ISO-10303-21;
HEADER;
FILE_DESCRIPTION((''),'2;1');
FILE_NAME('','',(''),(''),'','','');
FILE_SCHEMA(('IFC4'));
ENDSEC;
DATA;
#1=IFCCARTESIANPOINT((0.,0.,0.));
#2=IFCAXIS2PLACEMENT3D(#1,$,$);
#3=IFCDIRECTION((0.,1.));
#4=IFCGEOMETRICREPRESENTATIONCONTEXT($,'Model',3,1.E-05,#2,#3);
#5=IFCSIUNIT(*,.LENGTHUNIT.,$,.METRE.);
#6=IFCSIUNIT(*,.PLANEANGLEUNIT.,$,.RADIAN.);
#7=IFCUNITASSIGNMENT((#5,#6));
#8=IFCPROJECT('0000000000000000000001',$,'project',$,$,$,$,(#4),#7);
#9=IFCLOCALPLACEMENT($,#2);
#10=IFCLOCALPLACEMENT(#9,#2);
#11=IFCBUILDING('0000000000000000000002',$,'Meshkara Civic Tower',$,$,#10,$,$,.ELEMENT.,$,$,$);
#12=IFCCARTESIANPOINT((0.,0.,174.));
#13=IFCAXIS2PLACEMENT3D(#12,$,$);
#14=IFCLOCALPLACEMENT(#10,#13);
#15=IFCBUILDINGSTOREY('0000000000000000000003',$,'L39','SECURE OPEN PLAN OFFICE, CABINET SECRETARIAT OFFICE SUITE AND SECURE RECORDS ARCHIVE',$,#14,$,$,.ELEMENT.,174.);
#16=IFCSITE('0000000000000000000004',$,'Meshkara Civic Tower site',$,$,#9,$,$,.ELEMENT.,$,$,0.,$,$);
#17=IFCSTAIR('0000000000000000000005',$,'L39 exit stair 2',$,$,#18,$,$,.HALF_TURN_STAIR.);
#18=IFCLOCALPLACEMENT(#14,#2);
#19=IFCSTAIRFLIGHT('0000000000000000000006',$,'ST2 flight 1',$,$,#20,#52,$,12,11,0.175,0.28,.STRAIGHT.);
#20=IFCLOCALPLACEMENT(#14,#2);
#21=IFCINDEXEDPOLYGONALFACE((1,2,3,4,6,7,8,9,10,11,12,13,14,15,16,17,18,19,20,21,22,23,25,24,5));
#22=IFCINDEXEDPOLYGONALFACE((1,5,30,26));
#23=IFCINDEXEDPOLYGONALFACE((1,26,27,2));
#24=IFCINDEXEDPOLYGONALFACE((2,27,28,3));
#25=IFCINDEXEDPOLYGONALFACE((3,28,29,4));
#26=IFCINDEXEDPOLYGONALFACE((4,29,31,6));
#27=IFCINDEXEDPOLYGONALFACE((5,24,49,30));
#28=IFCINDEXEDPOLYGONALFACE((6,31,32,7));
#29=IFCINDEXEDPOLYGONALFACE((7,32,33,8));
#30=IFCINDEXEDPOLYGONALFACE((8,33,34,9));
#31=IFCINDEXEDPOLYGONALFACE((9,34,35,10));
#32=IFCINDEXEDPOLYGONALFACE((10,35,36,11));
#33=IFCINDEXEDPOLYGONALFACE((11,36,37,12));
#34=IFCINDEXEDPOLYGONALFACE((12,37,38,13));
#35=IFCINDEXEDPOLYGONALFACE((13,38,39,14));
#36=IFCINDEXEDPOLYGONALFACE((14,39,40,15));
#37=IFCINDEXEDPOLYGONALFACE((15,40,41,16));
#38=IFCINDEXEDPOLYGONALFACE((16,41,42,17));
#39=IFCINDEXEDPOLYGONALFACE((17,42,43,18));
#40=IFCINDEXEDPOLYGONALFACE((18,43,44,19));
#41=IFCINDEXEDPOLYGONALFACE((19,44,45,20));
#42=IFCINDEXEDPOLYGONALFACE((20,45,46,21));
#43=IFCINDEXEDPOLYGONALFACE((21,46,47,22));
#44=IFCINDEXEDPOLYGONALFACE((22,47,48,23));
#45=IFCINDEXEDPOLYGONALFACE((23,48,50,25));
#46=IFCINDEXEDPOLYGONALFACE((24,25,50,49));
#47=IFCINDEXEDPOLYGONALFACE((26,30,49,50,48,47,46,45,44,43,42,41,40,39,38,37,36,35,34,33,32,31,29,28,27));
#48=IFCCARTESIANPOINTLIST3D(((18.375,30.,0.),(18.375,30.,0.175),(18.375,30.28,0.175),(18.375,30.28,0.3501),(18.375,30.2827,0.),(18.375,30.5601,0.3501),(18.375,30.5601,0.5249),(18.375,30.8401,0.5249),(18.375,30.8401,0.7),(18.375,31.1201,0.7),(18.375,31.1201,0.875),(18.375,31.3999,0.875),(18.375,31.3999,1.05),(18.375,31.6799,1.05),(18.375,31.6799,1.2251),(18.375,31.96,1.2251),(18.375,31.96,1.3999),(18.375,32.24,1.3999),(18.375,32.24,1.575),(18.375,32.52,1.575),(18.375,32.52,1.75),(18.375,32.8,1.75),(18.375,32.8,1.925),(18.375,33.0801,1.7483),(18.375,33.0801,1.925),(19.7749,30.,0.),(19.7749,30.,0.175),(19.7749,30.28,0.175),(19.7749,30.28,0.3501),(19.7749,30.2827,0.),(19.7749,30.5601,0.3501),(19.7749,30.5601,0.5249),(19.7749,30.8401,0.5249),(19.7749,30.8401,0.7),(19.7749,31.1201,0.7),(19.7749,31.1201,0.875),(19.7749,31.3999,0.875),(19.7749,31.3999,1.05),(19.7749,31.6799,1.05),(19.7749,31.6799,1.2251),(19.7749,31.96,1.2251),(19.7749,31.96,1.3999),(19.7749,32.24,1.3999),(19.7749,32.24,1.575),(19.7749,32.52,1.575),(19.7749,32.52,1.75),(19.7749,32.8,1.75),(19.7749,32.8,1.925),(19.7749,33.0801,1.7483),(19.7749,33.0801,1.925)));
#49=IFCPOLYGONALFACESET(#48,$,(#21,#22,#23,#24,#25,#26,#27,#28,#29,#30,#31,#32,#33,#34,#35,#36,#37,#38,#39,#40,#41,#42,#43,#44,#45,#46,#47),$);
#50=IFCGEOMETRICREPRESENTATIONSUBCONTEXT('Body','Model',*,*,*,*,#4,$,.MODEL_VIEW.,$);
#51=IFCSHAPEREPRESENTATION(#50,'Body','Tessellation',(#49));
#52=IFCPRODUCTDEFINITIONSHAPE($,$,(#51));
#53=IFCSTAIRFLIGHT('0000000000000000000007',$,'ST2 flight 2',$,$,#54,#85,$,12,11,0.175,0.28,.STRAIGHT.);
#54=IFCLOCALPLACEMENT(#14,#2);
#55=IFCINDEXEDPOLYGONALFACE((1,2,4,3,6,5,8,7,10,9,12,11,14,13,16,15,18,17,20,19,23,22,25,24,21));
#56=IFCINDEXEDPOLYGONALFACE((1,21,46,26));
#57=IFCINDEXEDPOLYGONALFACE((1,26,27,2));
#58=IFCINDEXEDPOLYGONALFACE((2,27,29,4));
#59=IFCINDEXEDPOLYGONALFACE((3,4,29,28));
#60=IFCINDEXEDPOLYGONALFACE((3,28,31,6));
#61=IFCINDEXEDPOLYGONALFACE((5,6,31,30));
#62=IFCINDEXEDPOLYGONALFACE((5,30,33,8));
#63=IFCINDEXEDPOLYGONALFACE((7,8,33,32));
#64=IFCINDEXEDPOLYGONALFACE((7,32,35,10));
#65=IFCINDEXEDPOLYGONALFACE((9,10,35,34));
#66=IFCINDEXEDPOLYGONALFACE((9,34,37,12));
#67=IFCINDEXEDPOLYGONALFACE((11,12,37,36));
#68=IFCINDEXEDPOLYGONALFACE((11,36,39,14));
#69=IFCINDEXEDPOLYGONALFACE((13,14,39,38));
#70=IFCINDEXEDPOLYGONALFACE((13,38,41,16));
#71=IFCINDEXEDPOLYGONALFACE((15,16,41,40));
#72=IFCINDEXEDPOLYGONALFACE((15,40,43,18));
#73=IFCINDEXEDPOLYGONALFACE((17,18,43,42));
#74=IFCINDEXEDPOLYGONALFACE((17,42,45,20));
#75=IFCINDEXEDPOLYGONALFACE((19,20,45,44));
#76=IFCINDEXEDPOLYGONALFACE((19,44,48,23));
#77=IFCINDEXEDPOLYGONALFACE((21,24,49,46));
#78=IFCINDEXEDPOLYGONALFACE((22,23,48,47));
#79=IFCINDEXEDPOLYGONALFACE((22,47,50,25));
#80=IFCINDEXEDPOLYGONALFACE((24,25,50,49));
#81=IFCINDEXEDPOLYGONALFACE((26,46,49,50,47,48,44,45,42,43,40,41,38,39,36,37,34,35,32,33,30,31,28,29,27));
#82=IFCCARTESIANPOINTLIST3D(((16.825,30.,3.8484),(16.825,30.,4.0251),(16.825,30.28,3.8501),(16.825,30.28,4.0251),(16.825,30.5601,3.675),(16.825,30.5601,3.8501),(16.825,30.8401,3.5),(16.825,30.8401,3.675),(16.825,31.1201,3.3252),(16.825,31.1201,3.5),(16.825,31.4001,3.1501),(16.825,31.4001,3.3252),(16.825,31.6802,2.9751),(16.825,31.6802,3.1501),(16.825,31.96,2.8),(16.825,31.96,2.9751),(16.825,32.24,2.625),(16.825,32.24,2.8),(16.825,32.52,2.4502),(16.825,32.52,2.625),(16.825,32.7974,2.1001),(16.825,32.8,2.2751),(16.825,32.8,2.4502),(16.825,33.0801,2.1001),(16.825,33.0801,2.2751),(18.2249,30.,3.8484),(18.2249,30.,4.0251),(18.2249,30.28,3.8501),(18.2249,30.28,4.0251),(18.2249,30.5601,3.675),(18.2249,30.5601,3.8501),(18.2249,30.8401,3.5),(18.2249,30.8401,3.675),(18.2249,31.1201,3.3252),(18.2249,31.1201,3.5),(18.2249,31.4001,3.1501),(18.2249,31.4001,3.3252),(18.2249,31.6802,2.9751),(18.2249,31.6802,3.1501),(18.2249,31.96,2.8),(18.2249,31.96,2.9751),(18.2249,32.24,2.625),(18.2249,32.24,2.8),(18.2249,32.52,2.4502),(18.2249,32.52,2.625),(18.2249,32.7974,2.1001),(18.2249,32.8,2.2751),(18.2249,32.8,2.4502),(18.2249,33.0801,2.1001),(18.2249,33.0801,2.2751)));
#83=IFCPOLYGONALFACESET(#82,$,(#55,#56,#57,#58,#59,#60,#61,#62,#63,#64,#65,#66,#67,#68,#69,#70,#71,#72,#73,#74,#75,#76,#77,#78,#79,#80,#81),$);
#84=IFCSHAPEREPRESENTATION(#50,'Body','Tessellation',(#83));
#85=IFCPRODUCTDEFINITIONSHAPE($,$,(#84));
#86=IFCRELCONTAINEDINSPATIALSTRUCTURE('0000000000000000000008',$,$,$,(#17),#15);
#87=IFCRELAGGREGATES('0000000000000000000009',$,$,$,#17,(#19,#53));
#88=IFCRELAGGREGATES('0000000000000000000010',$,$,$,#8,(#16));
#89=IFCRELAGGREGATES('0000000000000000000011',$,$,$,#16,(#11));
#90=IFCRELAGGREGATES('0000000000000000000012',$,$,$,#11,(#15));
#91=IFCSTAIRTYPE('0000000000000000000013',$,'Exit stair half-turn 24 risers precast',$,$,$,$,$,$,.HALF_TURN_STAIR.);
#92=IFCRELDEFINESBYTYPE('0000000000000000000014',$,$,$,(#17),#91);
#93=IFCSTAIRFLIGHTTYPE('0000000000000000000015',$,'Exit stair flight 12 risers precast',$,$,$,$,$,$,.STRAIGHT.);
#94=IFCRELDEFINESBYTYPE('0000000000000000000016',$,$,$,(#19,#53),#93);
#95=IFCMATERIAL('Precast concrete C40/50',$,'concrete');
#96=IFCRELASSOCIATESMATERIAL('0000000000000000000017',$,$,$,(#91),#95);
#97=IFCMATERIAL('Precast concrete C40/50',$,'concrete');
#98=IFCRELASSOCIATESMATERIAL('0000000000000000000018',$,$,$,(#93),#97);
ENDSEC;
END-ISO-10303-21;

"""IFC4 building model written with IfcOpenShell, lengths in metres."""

from ifc_helpers import new_model, si_unit, direction, frame, origin, place, context, subcontext, project, spatial, polyline, outline, extrude, material, type_object, element, aggregate, save


model = new_model("IFC4")

# Units and contexts
model_context = context("Model", 3, precision=1e-05, world=origin(), true_north=direction((0.0, 1.0)))
body_context = subcontext(model_context, "Body", "Model", "MODEL_VIEW")
ifc_project = project(units=[si_unit("LENGTHUNIT", "METRE"), si_unit("PLANEANGLEUNIT", "RADIAN")], contexts=[model_context])

# Site, building, storey
site_placement = place(None, origin())
site = spatial("IfcSite", under=ifc_project, at=site_placement, Name="Meshkara Civic Tower site", CompositionType="ELEMENT", RefElevation=0.0)
building_placement = place(site_placement, origin())
building = spatial("IfcBuilding", under=site, at=building_placement, Name="Meshkara Civic Tower", CompositionType="ELEMENT")
storey_placement = place(building_placement, frame((0.0, 0.0, 174.0)))
storey = spatial("IfcBuildingStorey", under=building, at=storey_placement, Name="L39", Description="SECURE OPEN PLAN OFFICE, CABINET SECRETARIAT OFFICE SUITE AND SECURE RECORDS ARCHIVE", CompositionType="ELEMENT", Elevation=174.0)

# Stair, stair flights
ifc_material_1 = material(Name="Precast concrete C40/50", Category="concrete")
stair_type = type_object("IfcStairType", Name="Exit stair half-turn 24 risers precast", PredefinedType="HALF_TURN_STAIR", material=ifc_material_1)
stair_placement = place(storey_placement, origin())
stair = element("IfcStair", 1, at=stair_placement, inside=storey, type_object=stair_type, Name="L39 exit stair 2", PredefinedType="HALF_TURN_STAIR")
ifc_material_2 = material(Name="Precast concrete C40/50", Category="concrete")
stair_flight_type = type_object("IfcStairFlightType", Name="Exit stair flight 12 risers precast", PredefinedType="STRAIGHT", material=ifc_material_2)
stair_flight_1_placement = place(storey_placement, frame((19.075, 30.0, 0.0), z_axis=(0.0, 0.0, 1.0), x_axis=(0.0, 1.0, 0.0)))
stair_flight_1 = element("IfcStairFlight", 2, at=stair_flight_1_placement, type_object=stair_flight_type, Name="ST2 flight 1", NumberOfRisers=12, NumberOfTreads=11, PredefinedType="STRAIGHT", RiserHeight=0.175, TreadLength=0.28, context=body_context, shape_type="SweptSolid", body=[
    extrude(outline(polyline([(0.0, 0.0), (0.0, 0.175), (0.28, 0.175), (0.28, 0.3501), (0.5601, 0.3501), (0.5601, 0.5249), (0.8401, 0.5249), (0.8401, 0.7), (1.1201, 0.7), (1.1201, 0.875), (1.3999, 0.875), (1.3999, 1.05), (1.6799, 1.05), (1.6799, 1.2251), (1.96, 1.2251), (1.96, 1.3999), (2.24, 1.3999), (2.24, 1.575), (2.52, 1.575), (2.52, 1.75), (2.8, 1.75), (2.8, 1.925), (3.0801, 1.925), (3.0801, 2.1001), (3.0801, 1.7483), (0.2827, 0.0), (0.0, 0.0)])), frame((0.0, 0.7, 0.0), z_axis=(0.0, -1.0, 0.0), x_axis=(1.0, 0.0, 0.0)), (0.0, 0.0, 1.0), 1.3999),
])
stair_flight_2_placement = place(storey_placement, frame((17.5249, 33.0801, 2.1001), z_axis=(0.0, 0.0, 1.0), x_axis=(0.0, -1.0, 0.0)))
stair_flight_2 = element("IfcStairFlight", 3, at=stair_flight_2_placement, type_object=stair_flight_type, Name="ST2 flight 2", NumberOfRisers=12, NumberOfTreads=11, PredefinedType="STRAIGHT", RiserHeight=0.175, TreadLength=0.28, context=body_context, shape_type="SweptSolid", body=[
    extrude(outline(polyline([(0.0, 0.0), (0.0, 0.175), (0.28, 0.175), (0.28, 0.3501), (0.5601, 0.3501), (0.5601, 0.5249), (0.8401, 0.5249), (0.8401, 0.7), (1.1201, 0.7), (1.1201, 0.875), (1.3999, 0.875), (1.3999, 1.05), (1.6799, 1.05), (1.6799, 1.2251), (1.96, 1.2251), (1.96, 1.3999), (2.24, 1.3999), (2.24, 1.575), (2.52, 1.575), (2.52, 1.75), (2.8, 1.75), (2.8, 1.925), (3.0801, 1.925), (3.0801, 2.1001), (3.0801, 1.7483), (0.2827, 0.0), (0.0, 0.0)])), frame((0.0, 0.7, 0.0), z_axis=(0.0, -1.0, 0.0), x_axis=(1.0, 0.0, 0.0)), (0.0, 0.0, 1.0), 1.3999),
])
aggregate(stair, [stair_flight_1, stair_flight_2])

save(model, "model.ifc")
